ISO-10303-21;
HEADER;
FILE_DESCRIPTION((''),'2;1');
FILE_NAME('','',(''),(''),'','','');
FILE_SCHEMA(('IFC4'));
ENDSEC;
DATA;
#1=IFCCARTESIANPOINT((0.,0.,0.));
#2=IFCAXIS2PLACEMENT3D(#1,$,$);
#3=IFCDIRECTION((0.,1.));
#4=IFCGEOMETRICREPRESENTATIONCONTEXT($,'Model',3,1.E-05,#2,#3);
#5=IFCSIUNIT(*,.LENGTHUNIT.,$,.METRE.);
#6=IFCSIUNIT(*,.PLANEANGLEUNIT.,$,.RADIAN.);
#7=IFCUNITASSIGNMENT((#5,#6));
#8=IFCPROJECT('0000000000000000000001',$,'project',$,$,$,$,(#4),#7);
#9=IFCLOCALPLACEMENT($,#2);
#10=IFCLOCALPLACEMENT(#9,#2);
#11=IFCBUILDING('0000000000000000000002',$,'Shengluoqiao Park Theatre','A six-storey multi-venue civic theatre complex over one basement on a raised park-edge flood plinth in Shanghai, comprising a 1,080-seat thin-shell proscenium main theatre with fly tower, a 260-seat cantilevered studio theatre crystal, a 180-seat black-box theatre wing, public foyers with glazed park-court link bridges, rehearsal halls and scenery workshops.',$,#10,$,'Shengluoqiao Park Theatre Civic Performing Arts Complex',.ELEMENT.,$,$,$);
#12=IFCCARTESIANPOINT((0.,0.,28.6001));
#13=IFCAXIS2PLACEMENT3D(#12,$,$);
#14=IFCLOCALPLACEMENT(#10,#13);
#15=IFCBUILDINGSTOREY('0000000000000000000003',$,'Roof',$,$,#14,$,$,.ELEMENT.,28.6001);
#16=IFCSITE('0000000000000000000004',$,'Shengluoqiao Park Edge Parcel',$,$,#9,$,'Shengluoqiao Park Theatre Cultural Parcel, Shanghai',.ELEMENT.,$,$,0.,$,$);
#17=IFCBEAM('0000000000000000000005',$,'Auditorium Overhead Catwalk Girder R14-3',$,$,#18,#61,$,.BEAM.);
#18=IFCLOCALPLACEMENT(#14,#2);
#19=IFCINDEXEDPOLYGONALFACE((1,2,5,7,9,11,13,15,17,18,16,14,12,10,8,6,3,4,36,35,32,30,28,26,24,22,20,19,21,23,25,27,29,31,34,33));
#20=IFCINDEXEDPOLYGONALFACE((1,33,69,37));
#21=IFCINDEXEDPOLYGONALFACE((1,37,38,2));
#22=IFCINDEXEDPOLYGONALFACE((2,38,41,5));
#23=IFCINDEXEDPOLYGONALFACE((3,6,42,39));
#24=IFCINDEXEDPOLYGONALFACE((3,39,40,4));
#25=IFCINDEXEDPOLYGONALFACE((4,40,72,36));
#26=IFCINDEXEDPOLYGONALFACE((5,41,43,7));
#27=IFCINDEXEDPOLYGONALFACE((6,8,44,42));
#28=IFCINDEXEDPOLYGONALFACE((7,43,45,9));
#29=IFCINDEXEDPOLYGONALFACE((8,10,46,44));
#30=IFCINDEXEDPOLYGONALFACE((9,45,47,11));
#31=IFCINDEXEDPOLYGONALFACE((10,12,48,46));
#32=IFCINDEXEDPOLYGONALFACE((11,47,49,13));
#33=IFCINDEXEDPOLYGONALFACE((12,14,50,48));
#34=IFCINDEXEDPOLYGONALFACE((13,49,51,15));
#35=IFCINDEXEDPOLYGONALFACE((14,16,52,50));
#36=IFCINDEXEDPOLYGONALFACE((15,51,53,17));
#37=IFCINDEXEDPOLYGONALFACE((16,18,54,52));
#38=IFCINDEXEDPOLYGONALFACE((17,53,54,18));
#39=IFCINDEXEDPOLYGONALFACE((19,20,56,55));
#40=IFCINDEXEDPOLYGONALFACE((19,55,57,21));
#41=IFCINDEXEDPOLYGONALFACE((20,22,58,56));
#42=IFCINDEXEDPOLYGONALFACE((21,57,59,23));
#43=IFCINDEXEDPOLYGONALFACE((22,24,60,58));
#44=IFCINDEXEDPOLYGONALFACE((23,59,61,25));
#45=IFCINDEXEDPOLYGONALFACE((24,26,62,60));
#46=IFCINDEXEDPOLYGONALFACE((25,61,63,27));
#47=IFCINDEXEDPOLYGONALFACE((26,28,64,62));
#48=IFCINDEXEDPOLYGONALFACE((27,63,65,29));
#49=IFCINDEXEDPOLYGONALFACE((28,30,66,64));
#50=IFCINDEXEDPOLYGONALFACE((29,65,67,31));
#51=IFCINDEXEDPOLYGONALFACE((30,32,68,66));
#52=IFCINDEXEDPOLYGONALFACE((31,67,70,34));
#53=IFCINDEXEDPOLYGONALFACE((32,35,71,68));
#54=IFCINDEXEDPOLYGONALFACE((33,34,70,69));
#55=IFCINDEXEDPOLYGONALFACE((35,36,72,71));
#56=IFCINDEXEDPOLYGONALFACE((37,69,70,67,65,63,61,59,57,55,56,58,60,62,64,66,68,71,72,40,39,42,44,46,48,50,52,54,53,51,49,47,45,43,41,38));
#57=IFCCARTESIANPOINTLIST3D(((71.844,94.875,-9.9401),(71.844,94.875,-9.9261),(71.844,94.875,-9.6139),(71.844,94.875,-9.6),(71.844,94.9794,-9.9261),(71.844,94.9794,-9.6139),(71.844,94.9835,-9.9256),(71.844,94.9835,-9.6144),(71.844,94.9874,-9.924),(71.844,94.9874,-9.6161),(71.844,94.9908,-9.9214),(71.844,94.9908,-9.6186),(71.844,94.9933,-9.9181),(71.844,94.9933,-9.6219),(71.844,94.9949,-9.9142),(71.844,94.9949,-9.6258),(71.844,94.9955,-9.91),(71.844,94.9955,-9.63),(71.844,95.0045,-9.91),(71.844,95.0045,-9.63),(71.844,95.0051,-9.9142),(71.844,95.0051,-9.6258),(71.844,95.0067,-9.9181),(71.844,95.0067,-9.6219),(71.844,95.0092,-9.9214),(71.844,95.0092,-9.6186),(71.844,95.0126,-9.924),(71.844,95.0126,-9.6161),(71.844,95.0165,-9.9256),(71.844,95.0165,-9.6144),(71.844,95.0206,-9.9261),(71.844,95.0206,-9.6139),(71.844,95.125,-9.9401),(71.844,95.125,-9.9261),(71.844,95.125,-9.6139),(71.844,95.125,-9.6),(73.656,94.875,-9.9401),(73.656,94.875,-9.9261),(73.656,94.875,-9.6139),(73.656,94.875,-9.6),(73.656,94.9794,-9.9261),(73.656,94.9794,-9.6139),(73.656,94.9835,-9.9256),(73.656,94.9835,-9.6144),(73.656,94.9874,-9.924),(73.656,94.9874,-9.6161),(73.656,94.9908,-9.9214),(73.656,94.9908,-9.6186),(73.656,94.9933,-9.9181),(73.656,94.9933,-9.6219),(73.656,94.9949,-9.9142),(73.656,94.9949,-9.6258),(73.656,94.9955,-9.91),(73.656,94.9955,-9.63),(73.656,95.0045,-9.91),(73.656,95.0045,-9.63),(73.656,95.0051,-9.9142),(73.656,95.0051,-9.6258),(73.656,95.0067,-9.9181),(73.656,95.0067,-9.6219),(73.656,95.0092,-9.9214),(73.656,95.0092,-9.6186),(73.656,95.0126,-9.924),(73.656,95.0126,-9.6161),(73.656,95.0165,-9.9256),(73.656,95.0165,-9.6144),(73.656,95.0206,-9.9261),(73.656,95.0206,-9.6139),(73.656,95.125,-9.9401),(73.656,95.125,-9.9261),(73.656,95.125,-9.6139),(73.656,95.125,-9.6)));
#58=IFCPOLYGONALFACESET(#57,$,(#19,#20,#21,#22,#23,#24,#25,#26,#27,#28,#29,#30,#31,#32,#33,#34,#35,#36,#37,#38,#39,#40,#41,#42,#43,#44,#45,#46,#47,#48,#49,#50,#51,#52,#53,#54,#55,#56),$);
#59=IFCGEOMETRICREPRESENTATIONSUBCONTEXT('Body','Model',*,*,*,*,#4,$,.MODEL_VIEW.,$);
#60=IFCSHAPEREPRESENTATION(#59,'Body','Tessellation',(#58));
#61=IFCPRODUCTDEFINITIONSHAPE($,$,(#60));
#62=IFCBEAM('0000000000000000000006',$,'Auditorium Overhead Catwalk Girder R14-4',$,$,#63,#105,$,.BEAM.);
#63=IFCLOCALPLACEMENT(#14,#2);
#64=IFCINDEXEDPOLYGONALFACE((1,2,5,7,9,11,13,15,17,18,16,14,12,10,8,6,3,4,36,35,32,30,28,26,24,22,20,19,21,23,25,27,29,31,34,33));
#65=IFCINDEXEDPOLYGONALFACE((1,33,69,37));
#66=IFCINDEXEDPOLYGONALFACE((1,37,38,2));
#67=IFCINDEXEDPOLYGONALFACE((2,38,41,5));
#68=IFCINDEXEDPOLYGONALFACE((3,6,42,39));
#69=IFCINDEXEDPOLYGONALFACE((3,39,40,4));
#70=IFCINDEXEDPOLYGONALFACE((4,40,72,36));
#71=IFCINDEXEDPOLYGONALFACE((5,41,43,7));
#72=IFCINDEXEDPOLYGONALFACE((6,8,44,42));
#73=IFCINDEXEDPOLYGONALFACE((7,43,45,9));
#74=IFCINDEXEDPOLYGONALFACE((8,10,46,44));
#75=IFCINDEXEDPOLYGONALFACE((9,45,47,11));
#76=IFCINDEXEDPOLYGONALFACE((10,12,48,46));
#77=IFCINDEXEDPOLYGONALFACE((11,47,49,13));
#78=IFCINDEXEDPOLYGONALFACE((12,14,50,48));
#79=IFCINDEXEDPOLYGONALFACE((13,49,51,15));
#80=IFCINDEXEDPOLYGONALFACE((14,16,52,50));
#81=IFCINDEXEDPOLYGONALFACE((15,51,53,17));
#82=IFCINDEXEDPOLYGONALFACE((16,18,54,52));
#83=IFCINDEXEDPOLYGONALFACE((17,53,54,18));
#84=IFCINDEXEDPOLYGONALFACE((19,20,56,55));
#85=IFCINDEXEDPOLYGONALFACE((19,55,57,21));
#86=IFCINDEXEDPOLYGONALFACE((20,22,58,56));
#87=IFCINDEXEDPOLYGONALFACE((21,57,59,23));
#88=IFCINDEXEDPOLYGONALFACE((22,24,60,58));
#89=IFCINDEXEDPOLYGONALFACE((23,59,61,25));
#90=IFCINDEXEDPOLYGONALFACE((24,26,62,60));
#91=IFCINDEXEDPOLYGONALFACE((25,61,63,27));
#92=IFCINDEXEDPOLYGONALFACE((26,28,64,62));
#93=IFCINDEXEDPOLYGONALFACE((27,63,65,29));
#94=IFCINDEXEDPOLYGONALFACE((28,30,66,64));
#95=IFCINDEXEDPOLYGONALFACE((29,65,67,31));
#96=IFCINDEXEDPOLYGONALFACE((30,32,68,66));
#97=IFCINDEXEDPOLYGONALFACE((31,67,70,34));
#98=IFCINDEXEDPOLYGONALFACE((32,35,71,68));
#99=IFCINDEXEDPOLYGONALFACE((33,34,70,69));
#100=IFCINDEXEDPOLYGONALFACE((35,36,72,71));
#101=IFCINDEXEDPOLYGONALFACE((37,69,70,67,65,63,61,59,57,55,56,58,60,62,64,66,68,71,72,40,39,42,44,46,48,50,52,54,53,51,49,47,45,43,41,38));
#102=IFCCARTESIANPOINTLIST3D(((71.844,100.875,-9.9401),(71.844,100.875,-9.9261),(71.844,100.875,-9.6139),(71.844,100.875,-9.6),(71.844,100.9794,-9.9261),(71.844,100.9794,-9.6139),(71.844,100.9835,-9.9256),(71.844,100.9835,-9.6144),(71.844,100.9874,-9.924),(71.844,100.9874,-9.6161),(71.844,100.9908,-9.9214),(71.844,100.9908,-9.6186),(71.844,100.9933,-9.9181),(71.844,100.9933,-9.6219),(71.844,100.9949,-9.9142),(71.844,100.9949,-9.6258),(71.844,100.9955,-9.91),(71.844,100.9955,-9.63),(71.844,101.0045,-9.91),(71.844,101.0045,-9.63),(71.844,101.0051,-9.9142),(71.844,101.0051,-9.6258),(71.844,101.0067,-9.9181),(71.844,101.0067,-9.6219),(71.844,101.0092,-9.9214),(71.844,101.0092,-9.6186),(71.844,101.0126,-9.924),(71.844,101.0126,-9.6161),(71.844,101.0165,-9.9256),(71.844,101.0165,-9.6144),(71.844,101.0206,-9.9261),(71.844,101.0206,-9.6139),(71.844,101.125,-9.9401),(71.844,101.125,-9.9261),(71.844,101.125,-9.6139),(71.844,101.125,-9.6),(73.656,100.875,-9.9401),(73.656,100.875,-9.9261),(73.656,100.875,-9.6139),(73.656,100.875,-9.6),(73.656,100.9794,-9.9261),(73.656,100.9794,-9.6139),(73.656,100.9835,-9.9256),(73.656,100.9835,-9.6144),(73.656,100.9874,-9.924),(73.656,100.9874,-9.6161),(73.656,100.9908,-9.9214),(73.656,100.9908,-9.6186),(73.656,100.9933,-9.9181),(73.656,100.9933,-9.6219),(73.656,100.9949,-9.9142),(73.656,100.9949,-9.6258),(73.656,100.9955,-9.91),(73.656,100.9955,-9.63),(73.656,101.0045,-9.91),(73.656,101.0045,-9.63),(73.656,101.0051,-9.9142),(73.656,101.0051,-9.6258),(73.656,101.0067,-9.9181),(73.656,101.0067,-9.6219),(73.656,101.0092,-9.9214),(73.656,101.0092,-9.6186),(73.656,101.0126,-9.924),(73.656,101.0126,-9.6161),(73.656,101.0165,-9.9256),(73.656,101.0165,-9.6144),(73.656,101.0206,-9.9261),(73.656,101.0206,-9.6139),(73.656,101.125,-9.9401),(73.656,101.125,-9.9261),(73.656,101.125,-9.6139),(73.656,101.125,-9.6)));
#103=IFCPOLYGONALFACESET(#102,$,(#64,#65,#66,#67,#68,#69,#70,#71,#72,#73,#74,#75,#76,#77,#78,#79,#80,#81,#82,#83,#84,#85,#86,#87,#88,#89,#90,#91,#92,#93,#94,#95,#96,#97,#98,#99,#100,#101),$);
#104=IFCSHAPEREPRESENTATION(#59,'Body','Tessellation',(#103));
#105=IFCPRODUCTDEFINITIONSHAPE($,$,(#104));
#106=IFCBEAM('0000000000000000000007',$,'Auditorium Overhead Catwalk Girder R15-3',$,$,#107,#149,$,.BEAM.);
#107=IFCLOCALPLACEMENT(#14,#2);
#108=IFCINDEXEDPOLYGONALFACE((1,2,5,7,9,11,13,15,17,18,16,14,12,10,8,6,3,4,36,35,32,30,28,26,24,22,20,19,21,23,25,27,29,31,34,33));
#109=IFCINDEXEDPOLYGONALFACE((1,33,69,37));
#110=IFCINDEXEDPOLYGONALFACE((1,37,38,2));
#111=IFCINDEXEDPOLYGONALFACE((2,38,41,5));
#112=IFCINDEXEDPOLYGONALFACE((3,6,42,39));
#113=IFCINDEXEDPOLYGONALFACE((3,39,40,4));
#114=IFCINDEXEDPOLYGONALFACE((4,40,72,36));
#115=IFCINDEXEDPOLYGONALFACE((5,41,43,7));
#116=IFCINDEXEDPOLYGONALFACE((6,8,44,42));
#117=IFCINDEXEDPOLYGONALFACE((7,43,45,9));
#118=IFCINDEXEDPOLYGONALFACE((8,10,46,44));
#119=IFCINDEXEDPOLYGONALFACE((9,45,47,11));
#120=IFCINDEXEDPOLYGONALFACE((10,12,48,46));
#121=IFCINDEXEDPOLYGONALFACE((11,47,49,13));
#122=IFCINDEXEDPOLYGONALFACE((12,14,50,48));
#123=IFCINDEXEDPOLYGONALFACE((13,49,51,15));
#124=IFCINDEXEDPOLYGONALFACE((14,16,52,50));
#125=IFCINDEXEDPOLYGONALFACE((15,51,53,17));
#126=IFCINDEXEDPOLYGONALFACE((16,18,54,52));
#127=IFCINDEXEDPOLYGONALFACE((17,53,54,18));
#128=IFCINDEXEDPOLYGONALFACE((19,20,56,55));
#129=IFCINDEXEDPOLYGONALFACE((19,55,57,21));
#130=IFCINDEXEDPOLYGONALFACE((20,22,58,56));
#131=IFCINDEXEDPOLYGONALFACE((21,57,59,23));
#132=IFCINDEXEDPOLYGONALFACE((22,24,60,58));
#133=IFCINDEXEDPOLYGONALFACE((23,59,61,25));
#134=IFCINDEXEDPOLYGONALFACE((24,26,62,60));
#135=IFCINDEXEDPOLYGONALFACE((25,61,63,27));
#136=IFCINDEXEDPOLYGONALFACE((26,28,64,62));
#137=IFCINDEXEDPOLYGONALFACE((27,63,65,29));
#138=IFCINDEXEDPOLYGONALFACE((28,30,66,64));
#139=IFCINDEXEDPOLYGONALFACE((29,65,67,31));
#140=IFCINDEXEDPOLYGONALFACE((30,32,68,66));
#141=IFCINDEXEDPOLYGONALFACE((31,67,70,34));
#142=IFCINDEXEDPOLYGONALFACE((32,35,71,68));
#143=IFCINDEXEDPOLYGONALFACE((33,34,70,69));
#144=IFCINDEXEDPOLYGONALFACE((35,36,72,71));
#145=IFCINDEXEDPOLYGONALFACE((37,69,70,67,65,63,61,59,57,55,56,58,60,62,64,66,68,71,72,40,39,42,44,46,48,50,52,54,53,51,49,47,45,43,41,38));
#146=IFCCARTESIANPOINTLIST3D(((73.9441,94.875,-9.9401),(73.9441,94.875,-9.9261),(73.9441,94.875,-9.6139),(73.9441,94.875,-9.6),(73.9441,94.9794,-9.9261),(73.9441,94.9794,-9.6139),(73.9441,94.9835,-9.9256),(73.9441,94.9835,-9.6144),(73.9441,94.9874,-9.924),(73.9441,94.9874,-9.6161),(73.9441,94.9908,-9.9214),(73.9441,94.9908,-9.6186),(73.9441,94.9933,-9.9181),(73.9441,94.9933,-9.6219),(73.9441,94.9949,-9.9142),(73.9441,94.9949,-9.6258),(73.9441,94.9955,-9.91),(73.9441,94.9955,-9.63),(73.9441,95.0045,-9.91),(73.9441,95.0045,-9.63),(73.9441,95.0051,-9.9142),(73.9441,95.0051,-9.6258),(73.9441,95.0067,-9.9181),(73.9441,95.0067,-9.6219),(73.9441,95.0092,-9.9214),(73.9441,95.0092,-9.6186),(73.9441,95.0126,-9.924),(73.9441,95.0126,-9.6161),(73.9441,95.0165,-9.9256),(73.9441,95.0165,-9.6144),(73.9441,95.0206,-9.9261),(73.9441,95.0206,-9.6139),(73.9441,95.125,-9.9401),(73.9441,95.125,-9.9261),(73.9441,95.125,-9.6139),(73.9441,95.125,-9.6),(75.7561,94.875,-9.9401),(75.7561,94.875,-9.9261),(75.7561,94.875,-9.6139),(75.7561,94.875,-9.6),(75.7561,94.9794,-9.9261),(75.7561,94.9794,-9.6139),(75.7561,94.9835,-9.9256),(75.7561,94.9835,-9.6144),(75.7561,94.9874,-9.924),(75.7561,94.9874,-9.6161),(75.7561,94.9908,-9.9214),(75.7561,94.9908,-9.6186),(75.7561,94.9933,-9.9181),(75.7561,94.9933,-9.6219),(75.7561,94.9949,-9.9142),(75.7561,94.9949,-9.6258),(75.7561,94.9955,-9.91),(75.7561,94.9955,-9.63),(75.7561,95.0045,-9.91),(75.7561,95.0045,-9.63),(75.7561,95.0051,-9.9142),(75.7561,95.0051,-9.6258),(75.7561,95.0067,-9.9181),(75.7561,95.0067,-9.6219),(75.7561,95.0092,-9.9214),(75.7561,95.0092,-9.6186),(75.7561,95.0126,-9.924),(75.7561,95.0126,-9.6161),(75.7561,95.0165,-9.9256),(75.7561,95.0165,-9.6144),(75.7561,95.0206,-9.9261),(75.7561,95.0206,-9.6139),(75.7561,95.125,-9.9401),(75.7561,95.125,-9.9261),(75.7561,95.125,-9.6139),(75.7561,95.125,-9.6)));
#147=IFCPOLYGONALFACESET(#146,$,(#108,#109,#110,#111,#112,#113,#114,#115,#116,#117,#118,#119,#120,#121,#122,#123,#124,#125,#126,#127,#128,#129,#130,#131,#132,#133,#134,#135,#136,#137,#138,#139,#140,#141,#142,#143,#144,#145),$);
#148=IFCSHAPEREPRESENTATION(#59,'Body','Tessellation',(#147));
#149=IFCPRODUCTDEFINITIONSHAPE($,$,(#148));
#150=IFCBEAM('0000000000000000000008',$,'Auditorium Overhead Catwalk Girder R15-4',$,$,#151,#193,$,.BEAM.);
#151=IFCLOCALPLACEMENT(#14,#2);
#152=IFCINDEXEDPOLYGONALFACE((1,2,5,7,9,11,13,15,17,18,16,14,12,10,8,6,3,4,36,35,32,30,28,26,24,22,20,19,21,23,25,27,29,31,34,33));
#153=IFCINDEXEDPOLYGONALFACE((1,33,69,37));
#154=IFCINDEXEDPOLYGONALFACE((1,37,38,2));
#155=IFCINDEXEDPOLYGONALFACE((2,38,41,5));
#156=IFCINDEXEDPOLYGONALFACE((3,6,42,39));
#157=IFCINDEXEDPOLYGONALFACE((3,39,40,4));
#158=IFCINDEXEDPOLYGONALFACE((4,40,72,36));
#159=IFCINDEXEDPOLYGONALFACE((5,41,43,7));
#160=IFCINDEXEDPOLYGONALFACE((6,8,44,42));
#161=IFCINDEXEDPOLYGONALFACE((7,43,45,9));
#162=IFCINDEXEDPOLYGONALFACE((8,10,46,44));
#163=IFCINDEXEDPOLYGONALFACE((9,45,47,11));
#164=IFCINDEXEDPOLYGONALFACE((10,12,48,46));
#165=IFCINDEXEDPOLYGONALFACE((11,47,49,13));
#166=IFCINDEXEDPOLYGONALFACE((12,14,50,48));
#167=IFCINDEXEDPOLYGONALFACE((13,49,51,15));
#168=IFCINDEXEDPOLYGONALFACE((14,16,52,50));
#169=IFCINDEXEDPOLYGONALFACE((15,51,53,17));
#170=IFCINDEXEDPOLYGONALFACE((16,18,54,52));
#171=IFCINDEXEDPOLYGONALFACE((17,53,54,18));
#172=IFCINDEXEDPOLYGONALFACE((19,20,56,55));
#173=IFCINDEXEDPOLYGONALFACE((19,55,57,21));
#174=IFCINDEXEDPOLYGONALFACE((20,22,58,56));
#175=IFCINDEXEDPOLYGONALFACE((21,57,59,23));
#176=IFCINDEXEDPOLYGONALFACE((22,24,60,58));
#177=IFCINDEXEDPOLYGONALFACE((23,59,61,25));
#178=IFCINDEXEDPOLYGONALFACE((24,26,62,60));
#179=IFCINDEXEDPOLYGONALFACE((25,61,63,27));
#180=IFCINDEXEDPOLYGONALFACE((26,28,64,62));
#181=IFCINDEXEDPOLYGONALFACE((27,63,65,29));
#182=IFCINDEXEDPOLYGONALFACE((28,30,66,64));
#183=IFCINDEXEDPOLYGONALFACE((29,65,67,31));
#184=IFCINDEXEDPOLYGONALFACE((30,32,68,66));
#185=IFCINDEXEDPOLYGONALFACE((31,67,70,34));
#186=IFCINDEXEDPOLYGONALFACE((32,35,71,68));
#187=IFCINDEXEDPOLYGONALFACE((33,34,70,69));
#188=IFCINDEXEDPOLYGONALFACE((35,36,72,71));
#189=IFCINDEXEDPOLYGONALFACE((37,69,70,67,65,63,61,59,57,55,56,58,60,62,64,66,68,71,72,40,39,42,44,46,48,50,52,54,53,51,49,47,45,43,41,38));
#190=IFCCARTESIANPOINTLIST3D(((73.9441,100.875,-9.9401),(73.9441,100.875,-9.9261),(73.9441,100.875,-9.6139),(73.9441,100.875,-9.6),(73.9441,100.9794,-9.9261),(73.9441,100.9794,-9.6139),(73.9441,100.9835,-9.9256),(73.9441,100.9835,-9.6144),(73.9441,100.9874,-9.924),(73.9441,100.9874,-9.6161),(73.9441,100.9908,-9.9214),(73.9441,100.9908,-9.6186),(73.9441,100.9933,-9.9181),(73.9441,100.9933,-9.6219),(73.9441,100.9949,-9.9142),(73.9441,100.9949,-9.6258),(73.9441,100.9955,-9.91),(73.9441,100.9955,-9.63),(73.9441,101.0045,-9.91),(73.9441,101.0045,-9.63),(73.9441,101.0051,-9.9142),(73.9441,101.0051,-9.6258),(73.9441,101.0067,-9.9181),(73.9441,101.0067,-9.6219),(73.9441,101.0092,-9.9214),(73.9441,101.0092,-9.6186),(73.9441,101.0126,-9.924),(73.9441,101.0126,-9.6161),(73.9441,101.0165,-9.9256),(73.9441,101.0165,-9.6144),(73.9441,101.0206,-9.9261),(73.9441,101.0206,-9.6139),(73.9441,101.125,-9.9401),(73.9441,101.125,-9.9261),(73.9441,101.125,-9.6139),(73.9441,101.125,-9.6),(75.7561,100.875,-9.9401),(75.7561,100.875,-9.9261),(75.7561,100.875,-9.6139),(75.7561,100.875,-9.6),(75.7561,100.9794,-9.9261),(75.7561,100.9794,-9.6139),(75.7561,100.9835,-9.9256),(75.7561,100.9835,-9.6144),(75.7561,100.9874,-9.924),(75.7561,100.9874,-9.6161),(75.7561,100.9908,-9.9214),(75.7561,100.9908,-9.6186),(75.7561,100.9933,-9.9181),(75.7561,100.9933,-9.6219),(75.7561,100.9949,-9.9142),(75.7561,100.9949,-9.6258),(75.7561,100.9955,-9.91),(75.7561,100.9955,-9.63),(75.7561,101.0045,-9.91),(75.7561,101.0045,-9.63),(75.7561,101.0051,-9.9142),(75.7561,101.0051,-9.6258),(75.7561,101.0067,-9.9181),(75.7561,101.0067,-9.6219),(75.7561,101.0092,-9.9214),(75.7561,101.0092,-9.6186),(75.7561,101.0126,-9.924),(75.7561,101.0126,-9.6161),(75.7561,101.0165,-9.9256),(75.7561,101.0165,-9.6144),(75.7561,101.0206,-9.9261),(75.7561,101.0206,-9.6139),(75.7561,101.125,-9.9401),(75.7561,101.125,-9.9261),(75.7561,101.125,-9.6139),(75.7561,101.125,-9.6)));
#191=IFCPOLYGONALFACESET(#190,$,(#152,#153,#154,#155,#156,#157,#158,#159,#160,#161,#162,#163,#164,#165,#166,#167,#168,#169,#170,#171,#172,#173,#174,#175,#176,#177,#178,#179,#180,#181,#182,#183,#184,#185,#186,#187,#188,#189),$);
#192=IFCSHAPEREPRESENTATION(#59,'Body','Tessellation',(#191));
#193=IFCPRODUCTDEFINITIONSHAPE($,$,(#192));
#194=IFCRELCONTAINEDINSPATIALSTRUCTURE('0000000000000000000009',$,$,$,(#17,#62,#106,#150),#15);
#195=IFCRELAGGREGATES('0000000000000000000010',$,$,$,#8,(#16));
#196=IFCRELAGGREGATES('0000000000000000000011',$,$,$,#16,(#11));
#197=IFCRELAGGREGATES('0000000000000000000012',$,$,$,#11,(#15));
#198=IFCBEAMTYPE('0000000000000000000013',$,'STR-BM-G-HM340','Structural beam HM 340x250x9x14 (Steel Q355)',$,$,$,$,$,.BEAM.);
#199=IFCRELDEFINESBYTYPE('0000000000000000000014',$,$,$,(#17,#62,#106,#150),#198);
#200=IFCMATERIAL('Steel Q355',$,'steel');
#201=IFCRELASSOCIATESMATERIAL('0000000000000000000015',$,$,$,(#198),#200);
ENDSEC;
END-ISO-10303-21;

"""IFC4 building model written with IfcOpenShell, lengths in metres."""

from ifc_helpers import new_model, si_unit, direction, frame, origin, origin_2d, place, context, subcontext, project, spatial, i_section, extrude, material, material_profile, profile_set, type_object, element, save


model = new_model("IFC4")

# Units and contexts
model_context = context("Model", 3, precision=1e-05, world=origin(), true_north=direction((0.0, 1.0)))
body_context = subcontext(model_context, "Body", "Model", "MODEL_VIEW")
ifc_project = project(units=[si_unit("LENGTHUNIT", "METRE"), si_unit("PLANEANGLEUNIT", "RADIAN")], contexts=[model_context])

# Site, building, storey
site_placement = place(None, origin())
site = spatial("IfcSite", under=ifc_project, at=site_placement, Name="Shengluoqiao Park Edge Parcel", LongName="Shengluoqiao Park Theatre Cultural Parcel, Shanghai", CompositionType="ELEMENT", RefElevation=0.0)
building_placement = place(site_placement, origin())
building = spatial("IfcBuilding", under=site, at=building_placement, Name="Shengluoqiao Park Theatre", Description="A six-storey multi-venue civic theatre complex over one basement on a raised park-edge flood plinth in Shanghai, comprising a 1,080-seat thin-shell proscenium main theatre with fly tower, a 260-seat cantilevered studio theatre crystal, a 180-seat black-box theatre wing, public foyers with glazed park-court link bridges, rehearsal halls and scenery workshops.", LongName="Shengluoqiao Park Theatre Civic Performing Arts Complex", CompositionType="ELEMENT")
storey_placement = place(building_placement, frame((0.0, 0.0, 28.6001)))
storey = spatial("IfcBuildingStorey", under=building, at=storey_placement, Name="Roof", CompositionType="ELEMENT", Elevation=28.6001)

# Beams
ifc_material = material(Name="Steel Q355", Category="steel")
ifc_material_profile_1 = material_profile(ifc_material, i_section(OverallWidth=0.25, OverallDepth=0.3401, WebThickness=0.009, FlangeThickness=0.0139, FilletRadius=0.0161, at=origin_2d()), Name="HM 340x250x9x14")
ifc_profile_set_1 = profile_set([ifc_material_profile_1], Name="Steel Q355")
beam_type = type_object("IfcBeamType", Name="STR-BM-G-HM340", Description="Structural beam HM 340x250x9x14 (Steel Q355)", PredefinedType="BEAM", material=ifc_profile_set_1)
for number, where, z_axis, x_axis, name in (
    (1, (71.844, 95.0, -9.77), (1.0, 0.0, 0.0), (0.0, 1.0, 0.0), "Auditorium Overhead Catwalk Girder R14-3"),
    (2, (71.844, 101.0, -9.77), (1.0, 0.0, 0.0), (0.0, 1.0, 0.0), "Auditorium Overhead Catwalk Girder R14-4"),
    (3, (73.9441, 95.0, -9.77), (1.0, 0.0, 0.0), (0.0, 1.0, 0.0), "Auditorium Overhead Catwalk Girder R15-3"),
    (4, (73.9441, 101.0, -9.77), (1.0, 0.0, 0.0), (0.0, 1.0, 0.0), "Auditorium Overhead Catwalk Girder R15-4"),
):
    element("IfcBeam", number, at=place(storey_placement, frame(where, z_axis=z_axis, x_axis=x_axis)), inside=storey, type_object=beam_type, Name=name, PredefinedType="BEAM", context=body_context, shape_type="SweptSolid", body=[
        extrude(i_section(OverallWidth=0.25, OverallDepth=0.3401, WebThickness=0.009, FlangeThickness=0.0139, FilletRadius=0.0161, at=origin_2d()), origin(), (0.0, 0.0, 1.0), 1.812),
    ])

save(model, "model.ifc")
